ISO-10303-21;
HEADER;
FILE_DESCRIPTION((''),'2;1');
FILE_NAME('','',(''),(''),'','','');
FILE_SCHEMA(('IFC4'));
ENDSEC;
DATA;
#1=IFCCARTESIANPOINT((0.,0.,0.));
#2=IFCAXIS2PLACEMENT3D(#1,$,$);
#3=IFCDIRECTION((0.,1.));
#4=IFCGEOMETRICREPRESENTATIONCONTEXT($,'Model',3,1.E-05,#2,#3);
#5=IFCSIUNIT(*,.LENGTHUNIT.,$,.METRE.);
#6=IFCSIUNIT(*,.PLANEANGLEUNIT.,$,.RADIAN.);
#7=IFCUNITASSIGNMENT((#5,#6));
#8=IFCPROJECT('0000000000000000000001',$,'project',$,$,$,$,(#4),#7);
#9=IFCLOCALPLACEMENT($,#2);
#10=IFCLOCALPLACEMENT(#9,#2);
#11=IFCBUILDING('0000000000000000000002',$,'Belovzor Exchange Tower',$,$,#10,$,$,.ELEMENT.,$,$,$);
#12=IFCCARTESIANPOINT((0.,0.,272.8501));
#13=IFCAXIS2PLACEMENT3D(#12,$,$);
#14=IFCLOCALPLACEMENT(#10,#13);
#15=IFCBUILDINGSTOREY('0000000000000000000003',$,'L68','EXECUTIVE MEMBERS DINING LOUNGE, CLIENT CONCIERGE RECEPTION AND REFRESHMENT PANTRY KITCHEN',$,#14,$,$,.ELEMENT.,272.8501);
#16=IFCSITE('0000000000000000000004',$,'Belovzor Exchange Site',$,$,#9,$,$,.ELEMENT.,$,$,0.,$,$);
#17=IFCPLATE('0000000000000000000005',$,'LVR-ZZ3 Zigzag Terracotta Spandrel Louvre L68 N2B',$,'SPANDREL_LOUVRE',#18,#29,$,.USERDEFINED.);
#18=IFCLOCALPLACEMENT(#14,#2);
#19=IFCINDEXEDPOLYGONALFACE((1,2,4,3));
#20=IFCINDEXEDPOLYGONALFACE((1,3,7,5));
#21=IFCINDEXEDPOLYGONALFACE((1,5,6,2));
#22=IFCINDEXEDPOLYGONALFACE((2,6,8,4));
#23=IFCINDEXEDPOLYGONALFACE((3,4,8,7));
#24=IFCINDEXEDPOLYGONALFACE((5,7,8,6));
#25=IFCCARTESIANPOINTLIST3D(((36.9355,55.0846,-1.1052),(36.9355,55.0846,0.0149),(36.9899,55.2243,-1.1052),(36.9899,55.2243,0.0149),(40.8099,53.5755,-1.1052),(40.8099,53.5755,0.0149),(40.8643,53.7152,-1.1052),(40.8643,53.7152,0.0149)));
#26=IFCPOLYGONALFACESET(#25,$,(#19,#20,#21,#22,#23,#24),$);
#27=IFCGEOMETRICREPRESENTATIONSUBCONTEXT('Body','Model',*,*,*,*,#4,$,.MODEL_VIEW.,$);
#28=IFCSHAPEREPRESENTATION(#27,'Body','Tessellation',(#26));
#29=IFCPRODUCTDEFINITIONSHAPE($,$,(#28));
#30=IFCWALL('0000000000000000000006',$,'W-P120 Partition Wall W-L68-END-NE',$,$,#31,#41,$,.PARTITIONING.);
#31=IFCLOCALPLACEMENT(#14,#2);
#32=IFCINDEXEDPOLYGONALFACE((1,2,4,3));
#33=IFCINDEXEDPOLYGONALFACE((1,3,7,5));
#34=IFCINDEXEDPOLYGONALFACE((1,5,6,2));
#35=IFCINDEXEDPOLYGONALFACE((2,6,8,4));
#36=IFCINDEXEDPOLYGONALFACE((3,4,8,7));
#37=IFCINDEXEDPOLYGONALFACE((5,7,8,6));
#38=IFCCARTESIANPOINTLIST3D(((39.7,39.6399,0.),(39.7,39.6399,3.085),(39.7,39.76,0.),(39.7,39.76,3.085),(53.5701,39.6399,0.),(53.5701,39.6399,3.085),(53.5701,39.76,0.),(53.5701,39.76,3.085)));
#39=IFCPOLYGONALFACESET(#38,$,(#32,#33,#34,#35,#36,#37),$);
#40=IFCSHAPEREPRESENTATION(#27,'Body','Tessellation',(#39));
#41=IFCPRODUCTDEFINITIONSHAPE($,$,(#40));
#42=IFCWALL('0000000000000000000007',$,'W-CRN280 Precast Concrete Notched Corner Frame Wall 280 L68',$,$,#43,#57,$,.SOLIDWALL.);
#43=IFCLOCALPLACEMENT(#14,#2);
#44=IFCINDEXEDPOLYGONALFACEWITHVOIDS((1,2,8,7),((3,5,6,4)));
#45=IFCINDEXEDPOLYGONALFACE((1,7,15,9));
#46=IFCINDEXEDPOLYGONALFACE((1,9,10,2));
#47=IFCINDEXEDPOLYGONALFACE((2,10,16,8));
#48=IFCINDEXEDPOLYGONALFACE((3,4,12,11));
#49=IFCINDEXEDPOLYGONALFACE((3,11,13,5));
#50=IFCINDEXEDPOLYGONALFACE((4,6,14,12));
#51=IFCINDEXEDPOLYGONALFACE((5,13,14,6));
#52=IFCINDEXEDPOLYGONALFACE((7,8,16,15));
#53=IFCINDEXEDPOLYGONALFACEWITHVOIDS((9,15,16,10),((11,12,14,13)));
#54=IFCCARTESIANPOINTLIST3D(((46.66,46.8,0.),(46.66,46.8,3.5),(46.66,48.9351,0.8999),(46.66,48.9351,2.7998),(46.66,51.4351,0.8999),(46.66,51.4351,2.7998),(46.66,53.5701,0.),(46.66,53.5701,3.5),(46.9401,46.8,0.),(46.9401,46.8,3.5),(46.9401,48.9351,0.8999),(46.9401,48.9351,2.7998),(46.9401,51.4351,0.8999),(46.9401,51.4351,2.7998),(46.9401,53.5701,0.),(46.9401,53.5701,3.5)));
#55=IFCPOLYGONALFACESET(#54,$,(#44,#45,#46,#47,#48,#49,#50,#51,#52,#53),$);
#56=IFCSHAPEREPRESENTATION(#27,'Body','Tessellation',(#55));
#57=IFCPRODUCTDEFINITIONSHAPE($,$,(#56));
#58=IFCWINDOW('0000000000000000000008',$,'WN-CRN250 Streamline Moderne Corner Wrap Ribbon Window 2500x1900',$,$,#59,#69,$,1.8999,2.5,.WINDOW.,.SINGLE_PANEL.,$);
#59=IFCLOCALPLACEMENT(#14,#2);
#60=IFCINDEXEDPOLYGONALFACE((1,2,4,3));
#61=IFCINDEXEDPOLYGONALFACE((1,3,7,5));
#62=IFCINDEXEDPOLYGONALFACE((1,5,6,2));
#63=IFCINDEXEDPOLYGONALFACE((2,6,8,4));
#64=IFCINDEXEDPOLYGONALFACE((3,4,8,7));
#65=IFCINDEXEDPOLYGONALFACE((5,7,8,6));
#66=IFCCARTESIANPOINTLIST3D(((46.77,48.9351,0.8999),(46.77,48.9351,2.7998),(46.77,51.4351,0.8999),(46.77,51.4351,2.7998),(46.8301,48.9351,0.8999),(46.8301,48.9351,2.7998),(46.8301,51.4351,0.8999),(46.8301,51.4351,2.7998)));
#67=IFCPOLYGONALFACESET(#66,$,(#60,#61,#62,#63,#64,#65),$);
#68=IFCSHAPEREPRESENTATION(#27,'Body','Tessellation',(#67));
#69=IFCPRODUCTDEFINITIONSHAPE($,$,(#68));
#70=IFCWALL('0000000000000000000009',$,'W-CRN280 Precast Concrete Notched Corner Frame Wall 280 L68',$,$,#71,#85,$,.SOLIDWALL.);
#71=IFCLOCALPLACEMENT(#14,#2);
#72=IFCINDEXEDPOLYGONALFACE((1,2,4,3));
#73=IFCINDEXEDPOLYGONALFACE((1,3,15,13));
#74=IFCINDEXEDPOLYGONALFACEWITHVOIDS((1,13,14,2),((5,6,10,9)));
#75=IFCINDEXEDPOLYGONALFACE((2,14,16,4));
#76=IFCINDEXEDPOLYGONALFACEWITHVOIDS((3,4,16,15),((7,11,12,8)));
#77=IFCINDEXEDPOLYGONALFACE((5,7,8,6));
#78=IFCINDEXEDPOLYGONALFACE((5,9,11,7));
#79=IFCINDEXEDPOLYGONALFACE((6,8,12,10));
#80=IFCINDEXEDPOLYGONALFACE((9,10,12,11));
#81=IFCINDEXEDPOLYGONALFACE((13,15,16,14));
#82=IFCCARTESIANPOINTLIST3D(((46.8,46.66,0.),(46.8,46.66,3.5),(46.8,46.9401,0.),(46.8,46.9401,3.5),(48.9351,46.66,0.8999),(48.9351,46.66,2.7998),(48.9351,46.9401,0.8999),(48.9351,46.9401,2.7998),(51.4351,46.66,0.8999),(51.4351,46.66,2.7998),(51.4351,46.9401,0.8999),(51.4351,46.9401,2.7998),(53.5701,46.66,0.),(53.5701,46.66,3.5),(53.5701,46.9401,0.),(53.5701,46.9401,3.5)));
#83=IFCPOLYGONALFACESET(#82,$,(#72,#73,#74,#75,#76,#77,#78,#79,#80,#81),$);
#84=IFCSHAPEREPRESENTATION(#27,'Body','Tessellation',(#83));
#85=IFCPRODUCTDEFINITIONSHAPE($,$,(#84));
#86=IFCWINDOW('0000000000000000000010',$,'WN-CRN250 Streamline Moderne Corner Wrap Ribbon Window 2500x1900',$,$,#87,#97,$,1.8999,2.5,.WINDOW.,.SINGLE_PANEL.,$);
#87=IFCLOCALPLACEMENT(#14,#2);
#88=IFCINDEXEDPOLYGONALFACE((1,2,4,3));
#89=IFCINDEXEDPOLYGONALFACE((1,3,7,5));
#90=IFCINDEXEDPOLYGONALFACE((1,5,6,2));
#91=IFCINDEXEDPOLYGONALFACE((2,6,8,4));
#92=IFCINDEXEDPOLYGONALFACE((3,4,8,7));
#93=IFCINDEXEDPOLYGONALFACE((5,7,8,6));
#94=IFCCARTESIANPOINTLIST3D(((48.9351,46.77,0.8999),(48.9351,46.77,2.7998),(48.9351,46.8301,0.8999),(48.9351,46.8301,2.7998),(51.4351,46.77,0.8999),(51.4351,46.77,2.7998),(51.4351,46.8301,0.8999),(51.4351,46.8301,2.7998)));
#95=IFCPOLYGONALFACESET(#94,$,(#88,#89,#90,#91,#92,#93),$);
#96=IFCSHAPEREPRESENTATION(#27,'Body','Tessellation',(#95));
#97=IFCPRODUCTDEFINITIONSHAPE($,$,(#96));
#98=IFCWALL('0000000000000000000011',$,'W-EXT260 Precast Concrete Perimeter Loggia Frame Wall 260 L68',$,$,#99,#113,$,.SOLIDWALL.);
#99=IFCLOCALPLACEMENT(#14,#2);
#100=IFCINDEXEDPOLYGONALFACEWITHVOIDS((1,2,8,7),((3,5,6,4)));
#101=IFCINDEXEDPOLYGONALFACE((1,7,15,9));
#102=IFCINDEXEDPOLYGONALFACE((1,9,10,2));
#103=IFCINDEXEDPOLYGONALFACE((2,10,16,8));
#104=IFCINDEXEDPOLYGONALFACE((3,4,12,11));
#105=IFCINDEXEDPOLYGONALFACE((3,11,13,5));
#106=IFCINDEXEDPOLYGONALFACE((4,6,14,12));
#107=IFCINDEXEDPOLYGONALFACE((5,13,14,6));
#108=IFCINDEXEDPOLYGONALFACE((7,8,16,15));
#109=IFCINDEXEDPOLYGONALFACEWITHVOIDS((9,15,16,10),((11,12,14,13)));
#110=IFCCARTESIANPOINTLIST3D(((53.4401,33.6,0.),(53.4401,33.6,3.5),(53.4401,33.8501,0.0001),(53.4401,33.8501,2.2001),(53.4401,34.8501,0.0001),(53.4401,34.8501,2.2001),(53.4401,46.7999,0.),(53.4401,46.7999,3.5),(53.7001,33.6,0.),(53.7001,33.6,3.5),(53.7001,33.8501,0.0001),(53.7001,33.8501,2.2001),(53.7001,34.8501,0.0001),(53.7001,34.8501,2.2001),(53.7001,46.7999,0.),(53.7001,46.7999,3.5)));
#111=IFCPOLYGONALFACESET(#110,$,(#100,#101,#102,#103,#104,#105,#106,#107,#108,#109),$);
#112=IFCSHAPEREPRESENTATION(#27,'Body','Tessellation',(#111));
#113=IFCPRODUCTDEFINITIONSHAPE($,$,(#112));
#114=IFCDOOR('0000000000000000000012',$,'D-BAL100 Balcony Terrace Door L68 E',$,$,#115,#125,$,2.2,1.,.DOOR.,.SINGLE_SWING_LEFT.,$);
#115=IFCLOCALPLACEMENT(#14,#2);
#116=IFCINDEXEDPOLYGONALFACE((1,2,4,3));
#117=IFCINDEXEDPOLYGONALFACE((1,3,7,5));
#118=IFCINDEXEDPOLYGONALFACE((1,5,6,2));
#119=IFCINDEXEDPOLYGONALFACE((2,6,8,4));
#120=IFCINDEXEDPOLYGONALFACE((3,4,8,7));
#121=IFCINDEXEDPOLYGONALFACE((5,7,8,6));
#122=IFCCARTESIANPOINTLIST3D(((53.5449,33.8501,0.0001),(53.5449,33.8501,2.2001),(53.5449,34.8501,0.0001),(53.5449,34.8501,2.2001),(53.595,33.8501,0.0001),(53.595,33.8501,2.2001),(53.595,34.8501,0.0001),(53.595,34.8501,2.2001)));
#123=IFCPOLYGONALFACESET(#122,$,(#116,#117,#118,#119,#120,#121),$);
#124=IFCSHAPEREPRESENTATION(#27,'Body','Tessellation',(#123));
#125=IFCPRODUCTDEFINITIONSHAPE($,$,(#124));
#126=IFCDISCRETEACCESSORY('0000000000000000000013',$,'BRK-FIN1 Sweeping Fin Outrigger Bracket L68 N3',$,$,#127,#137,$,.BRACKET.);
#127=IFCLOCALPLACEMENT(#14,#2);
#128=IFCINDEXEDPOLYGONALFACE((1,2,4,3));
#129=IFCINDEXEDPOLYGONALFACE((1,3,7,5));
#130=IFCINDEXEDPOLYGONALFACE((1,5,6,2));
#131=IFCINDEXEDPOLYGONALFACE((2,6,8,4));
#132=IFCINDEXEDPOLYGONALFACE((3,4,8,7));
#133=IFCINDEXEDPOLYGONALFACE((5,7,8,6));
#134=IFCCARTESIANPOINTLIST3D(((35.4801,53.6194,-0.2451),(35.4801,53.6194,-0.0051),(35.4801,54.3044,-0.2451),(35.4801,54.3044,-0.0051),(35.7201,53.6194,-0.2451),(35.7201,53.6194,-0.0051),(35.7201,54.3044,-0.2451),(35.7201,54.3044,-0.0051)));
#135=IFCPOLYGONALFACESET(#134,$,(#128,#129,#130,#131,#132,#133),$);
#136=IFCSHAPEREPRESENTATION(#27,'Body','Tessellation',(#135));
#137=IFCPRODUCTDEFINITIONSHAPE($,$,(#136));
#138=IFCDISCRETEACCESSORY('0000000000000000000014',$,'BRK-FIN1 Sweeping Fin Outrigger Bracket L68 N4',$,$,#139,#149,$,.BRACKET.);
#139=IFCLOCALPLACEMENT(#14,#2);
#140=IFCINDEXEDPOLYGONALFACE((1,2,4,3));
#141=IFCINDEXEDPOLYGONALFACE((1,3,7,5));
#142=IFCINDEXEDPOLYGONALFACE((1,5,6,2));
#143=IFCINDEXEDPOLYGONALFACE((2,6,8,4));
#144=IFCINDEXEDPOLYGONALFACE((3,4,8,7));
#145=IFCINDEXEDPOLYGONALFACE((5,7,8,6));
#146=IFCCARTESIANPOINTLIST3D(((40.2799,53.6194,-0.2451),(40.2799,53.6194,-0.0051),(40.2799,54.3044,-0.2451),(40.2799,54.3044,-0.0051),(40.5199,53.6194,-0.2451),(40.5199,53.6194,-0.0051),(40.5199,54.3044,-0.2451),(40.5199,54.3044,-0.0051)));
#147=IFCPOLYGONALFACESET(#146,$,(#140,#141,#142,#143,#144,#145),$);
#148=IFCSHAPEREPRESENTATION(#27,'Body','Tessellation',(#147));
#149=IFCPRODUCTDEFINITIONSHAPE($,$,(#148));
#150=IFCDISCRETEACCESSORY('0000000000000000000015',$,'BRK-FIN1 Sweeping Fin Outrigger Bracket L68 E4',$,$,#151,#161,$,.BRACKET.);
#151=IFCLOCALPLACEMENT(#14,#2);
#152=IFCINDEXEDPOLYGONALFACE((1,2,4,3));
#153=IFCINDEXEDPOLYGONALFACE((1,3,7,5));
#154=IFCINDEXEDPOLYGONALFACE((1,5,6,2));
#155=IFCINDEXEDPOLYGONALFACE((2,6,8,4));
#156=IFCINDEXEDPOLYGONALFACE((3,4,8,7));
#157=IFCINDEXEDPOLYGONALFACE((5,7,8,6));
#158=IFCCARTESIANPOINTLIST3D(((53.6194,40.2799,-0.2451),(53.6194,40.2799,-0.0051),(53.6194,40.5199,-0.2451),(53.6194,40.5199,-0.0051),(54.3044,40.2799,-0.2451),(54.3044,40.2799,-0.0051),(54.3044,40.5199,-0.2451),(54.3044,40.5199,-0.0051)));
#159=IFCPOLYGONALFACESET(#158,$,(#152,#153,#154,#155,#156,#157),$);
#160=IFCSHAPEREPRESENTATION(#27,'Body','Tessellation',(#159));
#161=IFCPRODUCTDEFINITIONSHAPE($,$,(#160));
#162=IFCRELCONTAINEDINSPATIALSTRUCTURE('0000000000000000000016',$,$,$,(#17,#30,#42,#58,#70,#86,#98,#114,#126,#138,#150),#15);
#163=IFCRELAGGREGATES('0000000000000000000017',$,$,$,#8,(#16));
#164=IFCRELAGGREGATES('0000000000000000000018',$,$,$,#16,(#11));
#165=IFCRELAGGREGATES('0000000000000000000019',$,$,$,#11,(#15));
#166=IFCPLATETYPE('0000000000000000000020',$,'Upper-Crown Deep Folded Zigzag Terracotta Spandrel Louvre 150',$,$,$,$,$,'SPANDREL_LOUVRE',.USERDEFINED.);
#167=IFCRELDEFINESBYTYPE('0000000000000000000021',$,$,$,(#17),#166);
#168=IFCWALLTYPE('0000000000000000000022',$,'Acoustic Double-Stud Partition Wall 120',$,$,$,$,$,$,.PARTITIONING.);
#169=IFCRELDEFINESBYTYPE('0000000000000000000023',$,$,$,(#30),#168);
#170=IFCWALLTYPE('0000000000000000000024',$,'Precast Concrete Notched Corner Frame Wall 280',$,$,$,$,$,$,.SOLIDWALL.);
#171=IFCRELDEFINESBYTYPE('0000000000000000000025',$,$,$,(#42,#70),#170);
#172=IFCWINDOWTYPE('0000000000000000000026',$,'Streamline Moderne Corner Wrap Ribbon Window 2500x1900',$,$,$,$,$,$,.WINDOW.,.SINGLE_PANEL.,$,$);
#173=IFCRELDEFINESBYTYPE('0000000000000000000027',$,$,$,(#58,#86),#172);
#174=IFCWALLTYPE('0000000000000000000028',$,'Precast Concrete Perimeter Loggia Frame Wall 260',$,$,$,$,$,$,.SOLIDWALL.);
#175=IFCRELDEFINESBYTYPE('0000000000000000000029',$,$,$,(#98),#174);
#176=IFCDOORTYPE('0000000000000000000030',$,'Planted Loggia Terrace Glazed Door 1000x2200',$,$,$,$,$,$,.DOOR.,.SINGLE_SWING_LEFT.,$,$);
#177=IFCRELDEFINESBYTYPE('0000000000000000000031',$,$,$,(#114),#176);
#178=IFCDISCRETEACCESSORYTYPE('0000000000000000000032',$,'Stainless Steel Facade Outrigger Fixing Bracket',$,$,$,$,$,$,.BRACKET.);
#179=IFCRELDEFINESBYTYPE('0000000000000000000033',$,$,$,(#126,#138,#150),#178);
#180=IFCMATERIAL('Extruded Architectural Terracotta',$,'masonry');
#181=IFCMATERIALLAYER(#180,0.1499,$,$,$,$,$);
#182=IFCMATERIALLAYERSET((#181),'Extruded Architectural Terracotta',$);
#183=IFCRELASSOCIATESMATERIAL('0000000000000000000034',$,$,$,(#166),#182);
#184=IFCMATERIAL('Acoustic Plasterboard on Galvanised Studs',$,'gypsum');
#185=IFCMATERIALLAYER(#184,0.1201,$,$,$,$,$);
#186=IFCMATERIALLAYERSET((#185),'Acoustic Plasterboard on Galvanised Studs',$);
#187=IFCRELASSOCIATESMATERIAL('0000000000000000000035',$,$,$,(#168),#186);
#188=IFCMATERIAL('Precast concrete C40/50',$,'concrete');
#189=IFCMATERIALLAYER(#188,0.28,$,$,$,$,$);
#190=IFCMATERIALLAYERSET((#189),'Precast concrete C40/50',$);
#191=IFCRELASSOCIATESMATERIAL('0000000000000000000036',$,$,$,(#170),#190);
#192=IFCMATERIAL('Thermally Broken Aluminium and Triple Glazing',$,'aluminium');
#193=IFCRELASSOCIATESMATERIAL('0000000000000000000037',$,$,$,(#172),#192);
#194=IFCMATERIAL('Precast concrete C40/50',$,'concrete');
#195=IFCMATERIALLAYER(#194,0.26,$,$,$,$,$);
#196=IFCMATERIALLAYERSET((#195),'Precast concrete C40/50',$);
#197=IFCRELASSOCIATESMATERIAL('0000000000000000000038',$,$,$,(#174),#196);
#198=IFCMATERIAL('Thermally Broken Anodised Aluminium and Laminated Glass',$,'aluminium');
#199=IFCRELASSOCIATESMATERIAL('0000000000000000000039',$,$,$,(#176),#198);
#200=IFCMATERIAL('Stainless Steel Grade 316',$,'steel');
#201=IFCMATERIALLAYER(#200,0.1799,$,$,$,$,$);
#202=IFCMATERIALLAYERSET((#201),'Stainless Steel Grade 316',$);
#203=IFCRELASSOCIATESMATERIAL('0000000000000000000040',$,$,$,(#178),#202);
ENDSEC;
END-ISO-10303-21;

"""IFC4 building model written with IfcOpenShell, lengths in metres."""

from ifc_helpers import new_model, si_unit, direction, frame, frame_2d, origin, origin_2d, place, context, subcontext, project, spatial, rectangle, extrude, material, layer, layer_set, type_object, element, fill, save


model = new_model("IFC4")

# Units and contexts
model_context = context("Model", 3, precision=1e-05, world=origin(), true_north=direction((0.0, 1.0)))
body_context = subcontext(model_context, "Body", "Model", "MODEL_VIEW")
ifc_project = project(units=[si_unit("LENGTHUNIT", "METRE"), si_unit("PLANEANGLEUNIT", "RADIAN")], contexts=[model_context])

# Site, building, storey
site_placement = place(None, origin())
site = spatial("IfcSite", under=ifc_project, at=site_placement, Name="Belovzor Exchange Site", CompositionType="ELEMENT", RefElevation=0.0)
building_placement = place(site_placement, origin())
building = spatial("IfcBuilding", under=site, at=building_placement, Name="Belovzor Exchange Tower", CompositionType="ELEMENT")
storey_placement = place(building_placement, frame((0.0, 0.0, 272.8501)))
storey = spatial("IfcBuildingStorey", under=building, at=storey_placement, Name="L68", Description="EXECUTIVE MEMBERS DINING LOUNGE, CLIENT CONCIERGE RECEPTION AND REFRESHMENT PANTRY KITCHEN", CompositionType="ELEMENT", Elevation=272.8501)

# Plate
ifc_material_1 = material(Name="Extruded Architectural Terracotta", Category="masonry")
ifc_layer_1 = layer(ifc_material_1, 0.1499)
ifc_layer_set_1 = layer_set([ifc_layer_1], Name="Extruded Architectural Terracotta")
plate_type = type_object("IfcPlateType", Name="Upper-Crown Deep Folded Zigzag Terracotta Spandrel Louvre 150", ElementType="SPANDREL_LOUVRE", PredefinedType="USERDEFINED", material=ifc_layer_set_1)
plate_placement = place(storey_placement, frame((38.8999, 54.3999, -1.1052), z_axis=(0.0, 0.0, 1.0), x_axis=(0.931818, -0.362926, 0.0)))
element("IfcPlate", 1, at=plate_placement, inside=storey, type_object=plate_type, Name="LVR-ZZ3 Zigzag Terracotta Spandrel Louvre L68 N2B", ObjectType="SPANDREL_LOUVRE", PredefinedType="USERDEFINED", context=body_context, shape_type="SweptSolid", body=[
    extrude(rectangle(XDim=4.158, YDim=0.1499, at=origin_2d()), origin(), (0.0, 0.0, 1.0), 1.1201),
])

# Wall
ifc_material_2 = material(Name="Acoustic Plasterboard on Galvanised Studs", Category="gypsum")
ifc_layer_2 = layer(ifc_material_2, 0.1201)
ifc_layer_set_2 = layer_set([ifc_layer_2], Name="Acoustic Plasterboard on Galvanised Studs")
wall_type_1 = type_object("IfcWallType", Name="Acoustic Double-Stud Partition Wall 120", PredefinedType="PARTITIONING", material=ifc_layer_set_2)
wall_1_placement = place(storey_placement, frame((39.7, 39.7, 0.0), z_axis=(0.0, 0.0, 1.0), x_axis=(1.0, 0.0, 0.0)))
element("IfcWall", 2, at=wall_1_placement, inside=storey, type_object=wall_type_1, Name="W-P120 Partition Wall W-L68-END-NE", PredefinedType="PARTITIONING", context=body_context, shape_type="SweptSolid", body=[
    extrude(rectangle(XDim=13.8701, YDim=0.1201, at=frame_2d((6.9351, 0.0))), origin(), (0.0, 0.0, 1.0), 3.085),
])

# Walls, openings, windows
ifc_material_3 = material(Name="Precast concrete C40/50", Category="concrete")
ifc_layer_3 = layer(ifc_material_3, 0.28)
ifc_layer_set_3 = layer_set([ifc_layer_3], Name="Precast concrete C40/50")
wall_type_2 = type_object("IfcWallType", Name="Precast Concrete Notched Corner Frame Wall 280", PredefinedType="SOLIDWALL", material=ifc_layer_set_3)
wall_2_placement = place(storey_placement, frame((46.8, 53.5701, 0.0), z_axis=(0.0, 0.0, 1.0), x_axis=(0.0, -1.0, 0.0)))
wall_2 = element("IfcWall", 3, at=wall_2_placement, inside=storey, type_object=wall_type_2, Name="W-CRN280 Precast Concrete Notched Corner Frame Wall 280 L68", PredefinedType="SOLIDWALL", context=body_context, shape_type="SweptSolid", body=[
    extrude(rectangle(XDim=6.77, YDim=0.28, at=frame_2d((3.385, 0.0))), origin(), (0.0, 0.0, 1.0), 3.5),
])
opening_1_placement = place(wall_2_placement, frame((2.135, 0.0, 0.8999)))
opening_1 = element("IfcOpeningElement", 4, at=opening_1_placement, cuts=wall_2, PredefinedType="OPENING", context=body_context, shape_type="SweptSolid", body=[
    extrude(rectangle(XDim=2.5, YDim=1.8999, at=frame_2d((1.25, 0.95))), frame((0.0, 0.1499, 0.0), z_axis=(0.0, -1.0, 0.0), x_axis=(1.0, 0.0, 0.0)), (0.0, 0.0, 1.0), 0.3),
])
ifc_material_4 = material(Name="Thermally Broken Aluminium and Triple Glazing", Category="aluminium")
window_type = type_object("IfcWindowType", Name="Streamline Moderne Corner Wrap Ribbon Window 2500x1900", PartitioningType="SINGLE_PANEL", PredefinedType="WINDOW", material=ifc_material_4)
window_1_placement = place(opening_1_placement, origin())
window_1 = element("IfcWindow", 5, at=window_1_placement, inside=storey, type_object=window_type, Name="WN-CRN250 Streamline Moderne Corner Wrap Ribbon Window 2500x1900", OverallHeight=1.8999, OverallWidth=2.5, PartitioningType="SINGLE_PANEL", PredefinedType="WINDOW", context=body_context, shape_type="SweptSolid", body=[
    extrude(rectangle(XDim=2.5, YDim=1.8999, at=frame_2d((1.25, 0.95))), frame((0.0, 0.03, 0.0), z_axis=(0.0, -1.0, 0.0), x_axis=(1.0, 0.0, 0.0)), (0.0, 0.0, 1.0), 0.0601),
])
fill(opening_1, window_1)
wall_3_placement = place(storey_placement, frame((46.8, 46.8, 0.0), z_axis=(0.0, 0.0, 1.0), x_axis=(1.0, 0.0, 0.0)))
wall_3 = element("IfcWall", 6, at=wall_3_placement, inside=storey, type_object=wall_type_2, Name="W-CRN280 Precast Concrete Notched Corner Frame Wall 280 L68", PredefinedType="SOLIDWALL", context=body_context, shape_type="SweptSolid", body=[
    extrude(rectangle(XDim=6.77, YDim=0.28, at=frame_2d((3.385, 0.0))), origin(), (0.0, 0.0, 1.0), 3.5),
])
opening_2_placement = place(wall_3_placement, frame((2.135, 0.0, 0.8999)))
opening_2 = element("IfcOpeningElement", 7, at=opening_2_placement, cuts=wall_3, PredefinedType="OPENING", context=body_context, shape_type="SweptSolid", body=[
    extrude(rectangle(XDim=2.5, YDim=1.8999, at=frame_2d((1.25, 0.95))), frame((0.0, 0.1499, 0.0), z_axis=(0.0, -1.0, 0.0), x_axis=(1.0, 0.0, 0.0)), (0.0, 0.0, 1.0), 0.3),
])
window_2_placement = place(opening_2_placement, origin())
window_2 = element("IfcWindow", 8, at=window_2_placement, inside=storey, type_object=window_type, Name="WN-CRN250 Streamline Moderne Corner Wrap Ribbon Window 2500x1900", OverallHeight=1.8999, OverallWidth=2.5, PartitioningType="SINGLE_PANEL", PredefinedType="WINDOW", context=body_context, shape_type="SweptSolid", body=[
    extrude(rectangle(XDim=2.5, YDim=1.8999, at=frame_2d((1.25, 0.95))), frame((0.0, 0.03, 0.0), z_axis=(0.0, -1.0, 0.0), x_axis=(1.0, 0.0, 0.0)), (0.0, 0.0, 1.0), 0.0601),
])
fill(opening_2, window_2)

# Wall, opening, door
ifc_material_5 = material(Name="Precast concrete C40/50", Category="concrete")
ifc_layer_4 = layer(ifc_material_5, 0.26)
ifc_layer_set_4 = layer_set([ifc_layer_4], Name="Precast concrete C40/50")
wall_type_3 = type_object("IfcWallType", Name="Precast Concrete Perimeter Loggia Frame Wall 260", PredefinedType="SOLIDWALL", material=ifc_layer_set_4)
wall_4_placement = place(storey_placement, frame((53.5701, 46.8, 0.0), z_axis=(0.0, 0.0, 1.0), x_axis=(0.0, -1.0, 0.0)))
wall_4 = element("IfcWall", 9, at=wall_4_placement, inside=storey, type_object=wall_type_3, Name="W-EXT260 Precast Concrete Perimeter Loggia Frame Wall 260 L68", PredefinedType="SOLIDWALL", context=body_context, shape_type="SweptSolid", body=[
    extrude(rectangle(XDim=13.2, YDim=0.26, at=frame_2d((6.6001, 0.0))), origin(), (0.0, 0.0, 1.0), 3.5),
])
opening_3_placement = place(wall_4_placement, frame((11.95, 0.0, 0.0)))
opening_3 = element("IfcOpeningElement", 10, at=opening_3_placement, cuts=wall_4, PredefinedType="OPENING", context=body_context, shape_type="SweptSolid", body=[
    extrude(rectangle(XDim=1.0, YDim=2.2, at=frame_2d((0.5, 1.1001))), frame((0.0, 0.1399, 0.0), z_axis=(0.0, -1.0, 0.0), x_axis=(1.0, 0.0, 0.0)), (0.0, 0.0, 1.0), 0.28),
])
ifc_material_6 = material(Name="Thermally Broken Anodised Aluminium and Laminated Glass", Category="aluminium")
door_type = type_object("IfcDoorType", Name="Planted Loggia Terrace Glazed Door 1000x2200", OperationType="SINGLE_SWING_LEFT", PredefinedType="DOOR", material=ifc_material_6)
door_placement = place(opening_3_placement, origin())
door = element("IfcDoor", 11, at=door_placement, inside=storey, type_object=door_type, Name="D-BAL100 Balcony Terrace Door L68 E", OperationType="SINGLE_SWING_LEFT", OverallHeight=2.2, OverallWidth=1.0, PredefinedType="DOOR", context=body_context, shape_type="SweptSolid", body=[
    extrude(rectangle(XDim=1.0, YDim=2.2, at=frame_2d((0.5, 1.1001))), frame((0.0, 0.0249, 0.0), z_axis=(0.0, -1.0, 0.0), x_axis=(1.0, 0.0, 0.0)), (0.0, 0.0, 1.0), 0.05),
])
fill(opening_3, door)

# Discrete accessories
ifc_material_7 = material(Name="Stainless Steel Grade 316", Category="steel")
ifc_layer_5 = layer(ifc_material_7, 0.1799)
ifc_layer_set_5 = layer_set([ifc_layer_5], Name="Stainless Steel Grade 316")
discrete_accessory_type = type_object("IfcDiscreteAccessoryType", Name="Stainless Steel Facade Outrigger Fixing Bracket", PredefinedType="BRACKET", material=ifc_layer_set_5)
for number, where, z_axis, x_axis, name in (
    (12, (35.6001, 53.9619, -0.2451), (0.0, 0.0, 1.0), (0.0, 1.0, 0.0), "BRK-FIN1 Sweeping Fin Outrigger Bracket L68 N3"),
    (13, (40.3999, 53.9619, -0.2451), (0.0, 0.0, 1.0), (0.0, 1.0, 0.0), "BRK-FIN1 Sweeping Fin Outrigger Bracket L68 N4"),
    (14, (53.9619, 40.3999, -0.2451), (0.0, 0.0, 1.0), (1.0, 0.0, 0.0), "BRK-FIN1 Sweeping Fin Outrigger Bracket L68 E4"),
):
    element("IfcDiscreteAccessory", number, at=place(storey_placement, frame(where, z_axis=z_axis, x_axis=x_axis)), inside=storey, type_object=discrete_accessory_type, Name=name, PredefinedType="BRACKET", context=body_context, shape_type="SweptSolid", body=[
        extrude(rectangle(XDim=0.6851, YDim=0.24, at=origin_2d()), origin(), (0.0, 0.0, 1.0), 0.24),
    ])

save(model, "model.ifc")
